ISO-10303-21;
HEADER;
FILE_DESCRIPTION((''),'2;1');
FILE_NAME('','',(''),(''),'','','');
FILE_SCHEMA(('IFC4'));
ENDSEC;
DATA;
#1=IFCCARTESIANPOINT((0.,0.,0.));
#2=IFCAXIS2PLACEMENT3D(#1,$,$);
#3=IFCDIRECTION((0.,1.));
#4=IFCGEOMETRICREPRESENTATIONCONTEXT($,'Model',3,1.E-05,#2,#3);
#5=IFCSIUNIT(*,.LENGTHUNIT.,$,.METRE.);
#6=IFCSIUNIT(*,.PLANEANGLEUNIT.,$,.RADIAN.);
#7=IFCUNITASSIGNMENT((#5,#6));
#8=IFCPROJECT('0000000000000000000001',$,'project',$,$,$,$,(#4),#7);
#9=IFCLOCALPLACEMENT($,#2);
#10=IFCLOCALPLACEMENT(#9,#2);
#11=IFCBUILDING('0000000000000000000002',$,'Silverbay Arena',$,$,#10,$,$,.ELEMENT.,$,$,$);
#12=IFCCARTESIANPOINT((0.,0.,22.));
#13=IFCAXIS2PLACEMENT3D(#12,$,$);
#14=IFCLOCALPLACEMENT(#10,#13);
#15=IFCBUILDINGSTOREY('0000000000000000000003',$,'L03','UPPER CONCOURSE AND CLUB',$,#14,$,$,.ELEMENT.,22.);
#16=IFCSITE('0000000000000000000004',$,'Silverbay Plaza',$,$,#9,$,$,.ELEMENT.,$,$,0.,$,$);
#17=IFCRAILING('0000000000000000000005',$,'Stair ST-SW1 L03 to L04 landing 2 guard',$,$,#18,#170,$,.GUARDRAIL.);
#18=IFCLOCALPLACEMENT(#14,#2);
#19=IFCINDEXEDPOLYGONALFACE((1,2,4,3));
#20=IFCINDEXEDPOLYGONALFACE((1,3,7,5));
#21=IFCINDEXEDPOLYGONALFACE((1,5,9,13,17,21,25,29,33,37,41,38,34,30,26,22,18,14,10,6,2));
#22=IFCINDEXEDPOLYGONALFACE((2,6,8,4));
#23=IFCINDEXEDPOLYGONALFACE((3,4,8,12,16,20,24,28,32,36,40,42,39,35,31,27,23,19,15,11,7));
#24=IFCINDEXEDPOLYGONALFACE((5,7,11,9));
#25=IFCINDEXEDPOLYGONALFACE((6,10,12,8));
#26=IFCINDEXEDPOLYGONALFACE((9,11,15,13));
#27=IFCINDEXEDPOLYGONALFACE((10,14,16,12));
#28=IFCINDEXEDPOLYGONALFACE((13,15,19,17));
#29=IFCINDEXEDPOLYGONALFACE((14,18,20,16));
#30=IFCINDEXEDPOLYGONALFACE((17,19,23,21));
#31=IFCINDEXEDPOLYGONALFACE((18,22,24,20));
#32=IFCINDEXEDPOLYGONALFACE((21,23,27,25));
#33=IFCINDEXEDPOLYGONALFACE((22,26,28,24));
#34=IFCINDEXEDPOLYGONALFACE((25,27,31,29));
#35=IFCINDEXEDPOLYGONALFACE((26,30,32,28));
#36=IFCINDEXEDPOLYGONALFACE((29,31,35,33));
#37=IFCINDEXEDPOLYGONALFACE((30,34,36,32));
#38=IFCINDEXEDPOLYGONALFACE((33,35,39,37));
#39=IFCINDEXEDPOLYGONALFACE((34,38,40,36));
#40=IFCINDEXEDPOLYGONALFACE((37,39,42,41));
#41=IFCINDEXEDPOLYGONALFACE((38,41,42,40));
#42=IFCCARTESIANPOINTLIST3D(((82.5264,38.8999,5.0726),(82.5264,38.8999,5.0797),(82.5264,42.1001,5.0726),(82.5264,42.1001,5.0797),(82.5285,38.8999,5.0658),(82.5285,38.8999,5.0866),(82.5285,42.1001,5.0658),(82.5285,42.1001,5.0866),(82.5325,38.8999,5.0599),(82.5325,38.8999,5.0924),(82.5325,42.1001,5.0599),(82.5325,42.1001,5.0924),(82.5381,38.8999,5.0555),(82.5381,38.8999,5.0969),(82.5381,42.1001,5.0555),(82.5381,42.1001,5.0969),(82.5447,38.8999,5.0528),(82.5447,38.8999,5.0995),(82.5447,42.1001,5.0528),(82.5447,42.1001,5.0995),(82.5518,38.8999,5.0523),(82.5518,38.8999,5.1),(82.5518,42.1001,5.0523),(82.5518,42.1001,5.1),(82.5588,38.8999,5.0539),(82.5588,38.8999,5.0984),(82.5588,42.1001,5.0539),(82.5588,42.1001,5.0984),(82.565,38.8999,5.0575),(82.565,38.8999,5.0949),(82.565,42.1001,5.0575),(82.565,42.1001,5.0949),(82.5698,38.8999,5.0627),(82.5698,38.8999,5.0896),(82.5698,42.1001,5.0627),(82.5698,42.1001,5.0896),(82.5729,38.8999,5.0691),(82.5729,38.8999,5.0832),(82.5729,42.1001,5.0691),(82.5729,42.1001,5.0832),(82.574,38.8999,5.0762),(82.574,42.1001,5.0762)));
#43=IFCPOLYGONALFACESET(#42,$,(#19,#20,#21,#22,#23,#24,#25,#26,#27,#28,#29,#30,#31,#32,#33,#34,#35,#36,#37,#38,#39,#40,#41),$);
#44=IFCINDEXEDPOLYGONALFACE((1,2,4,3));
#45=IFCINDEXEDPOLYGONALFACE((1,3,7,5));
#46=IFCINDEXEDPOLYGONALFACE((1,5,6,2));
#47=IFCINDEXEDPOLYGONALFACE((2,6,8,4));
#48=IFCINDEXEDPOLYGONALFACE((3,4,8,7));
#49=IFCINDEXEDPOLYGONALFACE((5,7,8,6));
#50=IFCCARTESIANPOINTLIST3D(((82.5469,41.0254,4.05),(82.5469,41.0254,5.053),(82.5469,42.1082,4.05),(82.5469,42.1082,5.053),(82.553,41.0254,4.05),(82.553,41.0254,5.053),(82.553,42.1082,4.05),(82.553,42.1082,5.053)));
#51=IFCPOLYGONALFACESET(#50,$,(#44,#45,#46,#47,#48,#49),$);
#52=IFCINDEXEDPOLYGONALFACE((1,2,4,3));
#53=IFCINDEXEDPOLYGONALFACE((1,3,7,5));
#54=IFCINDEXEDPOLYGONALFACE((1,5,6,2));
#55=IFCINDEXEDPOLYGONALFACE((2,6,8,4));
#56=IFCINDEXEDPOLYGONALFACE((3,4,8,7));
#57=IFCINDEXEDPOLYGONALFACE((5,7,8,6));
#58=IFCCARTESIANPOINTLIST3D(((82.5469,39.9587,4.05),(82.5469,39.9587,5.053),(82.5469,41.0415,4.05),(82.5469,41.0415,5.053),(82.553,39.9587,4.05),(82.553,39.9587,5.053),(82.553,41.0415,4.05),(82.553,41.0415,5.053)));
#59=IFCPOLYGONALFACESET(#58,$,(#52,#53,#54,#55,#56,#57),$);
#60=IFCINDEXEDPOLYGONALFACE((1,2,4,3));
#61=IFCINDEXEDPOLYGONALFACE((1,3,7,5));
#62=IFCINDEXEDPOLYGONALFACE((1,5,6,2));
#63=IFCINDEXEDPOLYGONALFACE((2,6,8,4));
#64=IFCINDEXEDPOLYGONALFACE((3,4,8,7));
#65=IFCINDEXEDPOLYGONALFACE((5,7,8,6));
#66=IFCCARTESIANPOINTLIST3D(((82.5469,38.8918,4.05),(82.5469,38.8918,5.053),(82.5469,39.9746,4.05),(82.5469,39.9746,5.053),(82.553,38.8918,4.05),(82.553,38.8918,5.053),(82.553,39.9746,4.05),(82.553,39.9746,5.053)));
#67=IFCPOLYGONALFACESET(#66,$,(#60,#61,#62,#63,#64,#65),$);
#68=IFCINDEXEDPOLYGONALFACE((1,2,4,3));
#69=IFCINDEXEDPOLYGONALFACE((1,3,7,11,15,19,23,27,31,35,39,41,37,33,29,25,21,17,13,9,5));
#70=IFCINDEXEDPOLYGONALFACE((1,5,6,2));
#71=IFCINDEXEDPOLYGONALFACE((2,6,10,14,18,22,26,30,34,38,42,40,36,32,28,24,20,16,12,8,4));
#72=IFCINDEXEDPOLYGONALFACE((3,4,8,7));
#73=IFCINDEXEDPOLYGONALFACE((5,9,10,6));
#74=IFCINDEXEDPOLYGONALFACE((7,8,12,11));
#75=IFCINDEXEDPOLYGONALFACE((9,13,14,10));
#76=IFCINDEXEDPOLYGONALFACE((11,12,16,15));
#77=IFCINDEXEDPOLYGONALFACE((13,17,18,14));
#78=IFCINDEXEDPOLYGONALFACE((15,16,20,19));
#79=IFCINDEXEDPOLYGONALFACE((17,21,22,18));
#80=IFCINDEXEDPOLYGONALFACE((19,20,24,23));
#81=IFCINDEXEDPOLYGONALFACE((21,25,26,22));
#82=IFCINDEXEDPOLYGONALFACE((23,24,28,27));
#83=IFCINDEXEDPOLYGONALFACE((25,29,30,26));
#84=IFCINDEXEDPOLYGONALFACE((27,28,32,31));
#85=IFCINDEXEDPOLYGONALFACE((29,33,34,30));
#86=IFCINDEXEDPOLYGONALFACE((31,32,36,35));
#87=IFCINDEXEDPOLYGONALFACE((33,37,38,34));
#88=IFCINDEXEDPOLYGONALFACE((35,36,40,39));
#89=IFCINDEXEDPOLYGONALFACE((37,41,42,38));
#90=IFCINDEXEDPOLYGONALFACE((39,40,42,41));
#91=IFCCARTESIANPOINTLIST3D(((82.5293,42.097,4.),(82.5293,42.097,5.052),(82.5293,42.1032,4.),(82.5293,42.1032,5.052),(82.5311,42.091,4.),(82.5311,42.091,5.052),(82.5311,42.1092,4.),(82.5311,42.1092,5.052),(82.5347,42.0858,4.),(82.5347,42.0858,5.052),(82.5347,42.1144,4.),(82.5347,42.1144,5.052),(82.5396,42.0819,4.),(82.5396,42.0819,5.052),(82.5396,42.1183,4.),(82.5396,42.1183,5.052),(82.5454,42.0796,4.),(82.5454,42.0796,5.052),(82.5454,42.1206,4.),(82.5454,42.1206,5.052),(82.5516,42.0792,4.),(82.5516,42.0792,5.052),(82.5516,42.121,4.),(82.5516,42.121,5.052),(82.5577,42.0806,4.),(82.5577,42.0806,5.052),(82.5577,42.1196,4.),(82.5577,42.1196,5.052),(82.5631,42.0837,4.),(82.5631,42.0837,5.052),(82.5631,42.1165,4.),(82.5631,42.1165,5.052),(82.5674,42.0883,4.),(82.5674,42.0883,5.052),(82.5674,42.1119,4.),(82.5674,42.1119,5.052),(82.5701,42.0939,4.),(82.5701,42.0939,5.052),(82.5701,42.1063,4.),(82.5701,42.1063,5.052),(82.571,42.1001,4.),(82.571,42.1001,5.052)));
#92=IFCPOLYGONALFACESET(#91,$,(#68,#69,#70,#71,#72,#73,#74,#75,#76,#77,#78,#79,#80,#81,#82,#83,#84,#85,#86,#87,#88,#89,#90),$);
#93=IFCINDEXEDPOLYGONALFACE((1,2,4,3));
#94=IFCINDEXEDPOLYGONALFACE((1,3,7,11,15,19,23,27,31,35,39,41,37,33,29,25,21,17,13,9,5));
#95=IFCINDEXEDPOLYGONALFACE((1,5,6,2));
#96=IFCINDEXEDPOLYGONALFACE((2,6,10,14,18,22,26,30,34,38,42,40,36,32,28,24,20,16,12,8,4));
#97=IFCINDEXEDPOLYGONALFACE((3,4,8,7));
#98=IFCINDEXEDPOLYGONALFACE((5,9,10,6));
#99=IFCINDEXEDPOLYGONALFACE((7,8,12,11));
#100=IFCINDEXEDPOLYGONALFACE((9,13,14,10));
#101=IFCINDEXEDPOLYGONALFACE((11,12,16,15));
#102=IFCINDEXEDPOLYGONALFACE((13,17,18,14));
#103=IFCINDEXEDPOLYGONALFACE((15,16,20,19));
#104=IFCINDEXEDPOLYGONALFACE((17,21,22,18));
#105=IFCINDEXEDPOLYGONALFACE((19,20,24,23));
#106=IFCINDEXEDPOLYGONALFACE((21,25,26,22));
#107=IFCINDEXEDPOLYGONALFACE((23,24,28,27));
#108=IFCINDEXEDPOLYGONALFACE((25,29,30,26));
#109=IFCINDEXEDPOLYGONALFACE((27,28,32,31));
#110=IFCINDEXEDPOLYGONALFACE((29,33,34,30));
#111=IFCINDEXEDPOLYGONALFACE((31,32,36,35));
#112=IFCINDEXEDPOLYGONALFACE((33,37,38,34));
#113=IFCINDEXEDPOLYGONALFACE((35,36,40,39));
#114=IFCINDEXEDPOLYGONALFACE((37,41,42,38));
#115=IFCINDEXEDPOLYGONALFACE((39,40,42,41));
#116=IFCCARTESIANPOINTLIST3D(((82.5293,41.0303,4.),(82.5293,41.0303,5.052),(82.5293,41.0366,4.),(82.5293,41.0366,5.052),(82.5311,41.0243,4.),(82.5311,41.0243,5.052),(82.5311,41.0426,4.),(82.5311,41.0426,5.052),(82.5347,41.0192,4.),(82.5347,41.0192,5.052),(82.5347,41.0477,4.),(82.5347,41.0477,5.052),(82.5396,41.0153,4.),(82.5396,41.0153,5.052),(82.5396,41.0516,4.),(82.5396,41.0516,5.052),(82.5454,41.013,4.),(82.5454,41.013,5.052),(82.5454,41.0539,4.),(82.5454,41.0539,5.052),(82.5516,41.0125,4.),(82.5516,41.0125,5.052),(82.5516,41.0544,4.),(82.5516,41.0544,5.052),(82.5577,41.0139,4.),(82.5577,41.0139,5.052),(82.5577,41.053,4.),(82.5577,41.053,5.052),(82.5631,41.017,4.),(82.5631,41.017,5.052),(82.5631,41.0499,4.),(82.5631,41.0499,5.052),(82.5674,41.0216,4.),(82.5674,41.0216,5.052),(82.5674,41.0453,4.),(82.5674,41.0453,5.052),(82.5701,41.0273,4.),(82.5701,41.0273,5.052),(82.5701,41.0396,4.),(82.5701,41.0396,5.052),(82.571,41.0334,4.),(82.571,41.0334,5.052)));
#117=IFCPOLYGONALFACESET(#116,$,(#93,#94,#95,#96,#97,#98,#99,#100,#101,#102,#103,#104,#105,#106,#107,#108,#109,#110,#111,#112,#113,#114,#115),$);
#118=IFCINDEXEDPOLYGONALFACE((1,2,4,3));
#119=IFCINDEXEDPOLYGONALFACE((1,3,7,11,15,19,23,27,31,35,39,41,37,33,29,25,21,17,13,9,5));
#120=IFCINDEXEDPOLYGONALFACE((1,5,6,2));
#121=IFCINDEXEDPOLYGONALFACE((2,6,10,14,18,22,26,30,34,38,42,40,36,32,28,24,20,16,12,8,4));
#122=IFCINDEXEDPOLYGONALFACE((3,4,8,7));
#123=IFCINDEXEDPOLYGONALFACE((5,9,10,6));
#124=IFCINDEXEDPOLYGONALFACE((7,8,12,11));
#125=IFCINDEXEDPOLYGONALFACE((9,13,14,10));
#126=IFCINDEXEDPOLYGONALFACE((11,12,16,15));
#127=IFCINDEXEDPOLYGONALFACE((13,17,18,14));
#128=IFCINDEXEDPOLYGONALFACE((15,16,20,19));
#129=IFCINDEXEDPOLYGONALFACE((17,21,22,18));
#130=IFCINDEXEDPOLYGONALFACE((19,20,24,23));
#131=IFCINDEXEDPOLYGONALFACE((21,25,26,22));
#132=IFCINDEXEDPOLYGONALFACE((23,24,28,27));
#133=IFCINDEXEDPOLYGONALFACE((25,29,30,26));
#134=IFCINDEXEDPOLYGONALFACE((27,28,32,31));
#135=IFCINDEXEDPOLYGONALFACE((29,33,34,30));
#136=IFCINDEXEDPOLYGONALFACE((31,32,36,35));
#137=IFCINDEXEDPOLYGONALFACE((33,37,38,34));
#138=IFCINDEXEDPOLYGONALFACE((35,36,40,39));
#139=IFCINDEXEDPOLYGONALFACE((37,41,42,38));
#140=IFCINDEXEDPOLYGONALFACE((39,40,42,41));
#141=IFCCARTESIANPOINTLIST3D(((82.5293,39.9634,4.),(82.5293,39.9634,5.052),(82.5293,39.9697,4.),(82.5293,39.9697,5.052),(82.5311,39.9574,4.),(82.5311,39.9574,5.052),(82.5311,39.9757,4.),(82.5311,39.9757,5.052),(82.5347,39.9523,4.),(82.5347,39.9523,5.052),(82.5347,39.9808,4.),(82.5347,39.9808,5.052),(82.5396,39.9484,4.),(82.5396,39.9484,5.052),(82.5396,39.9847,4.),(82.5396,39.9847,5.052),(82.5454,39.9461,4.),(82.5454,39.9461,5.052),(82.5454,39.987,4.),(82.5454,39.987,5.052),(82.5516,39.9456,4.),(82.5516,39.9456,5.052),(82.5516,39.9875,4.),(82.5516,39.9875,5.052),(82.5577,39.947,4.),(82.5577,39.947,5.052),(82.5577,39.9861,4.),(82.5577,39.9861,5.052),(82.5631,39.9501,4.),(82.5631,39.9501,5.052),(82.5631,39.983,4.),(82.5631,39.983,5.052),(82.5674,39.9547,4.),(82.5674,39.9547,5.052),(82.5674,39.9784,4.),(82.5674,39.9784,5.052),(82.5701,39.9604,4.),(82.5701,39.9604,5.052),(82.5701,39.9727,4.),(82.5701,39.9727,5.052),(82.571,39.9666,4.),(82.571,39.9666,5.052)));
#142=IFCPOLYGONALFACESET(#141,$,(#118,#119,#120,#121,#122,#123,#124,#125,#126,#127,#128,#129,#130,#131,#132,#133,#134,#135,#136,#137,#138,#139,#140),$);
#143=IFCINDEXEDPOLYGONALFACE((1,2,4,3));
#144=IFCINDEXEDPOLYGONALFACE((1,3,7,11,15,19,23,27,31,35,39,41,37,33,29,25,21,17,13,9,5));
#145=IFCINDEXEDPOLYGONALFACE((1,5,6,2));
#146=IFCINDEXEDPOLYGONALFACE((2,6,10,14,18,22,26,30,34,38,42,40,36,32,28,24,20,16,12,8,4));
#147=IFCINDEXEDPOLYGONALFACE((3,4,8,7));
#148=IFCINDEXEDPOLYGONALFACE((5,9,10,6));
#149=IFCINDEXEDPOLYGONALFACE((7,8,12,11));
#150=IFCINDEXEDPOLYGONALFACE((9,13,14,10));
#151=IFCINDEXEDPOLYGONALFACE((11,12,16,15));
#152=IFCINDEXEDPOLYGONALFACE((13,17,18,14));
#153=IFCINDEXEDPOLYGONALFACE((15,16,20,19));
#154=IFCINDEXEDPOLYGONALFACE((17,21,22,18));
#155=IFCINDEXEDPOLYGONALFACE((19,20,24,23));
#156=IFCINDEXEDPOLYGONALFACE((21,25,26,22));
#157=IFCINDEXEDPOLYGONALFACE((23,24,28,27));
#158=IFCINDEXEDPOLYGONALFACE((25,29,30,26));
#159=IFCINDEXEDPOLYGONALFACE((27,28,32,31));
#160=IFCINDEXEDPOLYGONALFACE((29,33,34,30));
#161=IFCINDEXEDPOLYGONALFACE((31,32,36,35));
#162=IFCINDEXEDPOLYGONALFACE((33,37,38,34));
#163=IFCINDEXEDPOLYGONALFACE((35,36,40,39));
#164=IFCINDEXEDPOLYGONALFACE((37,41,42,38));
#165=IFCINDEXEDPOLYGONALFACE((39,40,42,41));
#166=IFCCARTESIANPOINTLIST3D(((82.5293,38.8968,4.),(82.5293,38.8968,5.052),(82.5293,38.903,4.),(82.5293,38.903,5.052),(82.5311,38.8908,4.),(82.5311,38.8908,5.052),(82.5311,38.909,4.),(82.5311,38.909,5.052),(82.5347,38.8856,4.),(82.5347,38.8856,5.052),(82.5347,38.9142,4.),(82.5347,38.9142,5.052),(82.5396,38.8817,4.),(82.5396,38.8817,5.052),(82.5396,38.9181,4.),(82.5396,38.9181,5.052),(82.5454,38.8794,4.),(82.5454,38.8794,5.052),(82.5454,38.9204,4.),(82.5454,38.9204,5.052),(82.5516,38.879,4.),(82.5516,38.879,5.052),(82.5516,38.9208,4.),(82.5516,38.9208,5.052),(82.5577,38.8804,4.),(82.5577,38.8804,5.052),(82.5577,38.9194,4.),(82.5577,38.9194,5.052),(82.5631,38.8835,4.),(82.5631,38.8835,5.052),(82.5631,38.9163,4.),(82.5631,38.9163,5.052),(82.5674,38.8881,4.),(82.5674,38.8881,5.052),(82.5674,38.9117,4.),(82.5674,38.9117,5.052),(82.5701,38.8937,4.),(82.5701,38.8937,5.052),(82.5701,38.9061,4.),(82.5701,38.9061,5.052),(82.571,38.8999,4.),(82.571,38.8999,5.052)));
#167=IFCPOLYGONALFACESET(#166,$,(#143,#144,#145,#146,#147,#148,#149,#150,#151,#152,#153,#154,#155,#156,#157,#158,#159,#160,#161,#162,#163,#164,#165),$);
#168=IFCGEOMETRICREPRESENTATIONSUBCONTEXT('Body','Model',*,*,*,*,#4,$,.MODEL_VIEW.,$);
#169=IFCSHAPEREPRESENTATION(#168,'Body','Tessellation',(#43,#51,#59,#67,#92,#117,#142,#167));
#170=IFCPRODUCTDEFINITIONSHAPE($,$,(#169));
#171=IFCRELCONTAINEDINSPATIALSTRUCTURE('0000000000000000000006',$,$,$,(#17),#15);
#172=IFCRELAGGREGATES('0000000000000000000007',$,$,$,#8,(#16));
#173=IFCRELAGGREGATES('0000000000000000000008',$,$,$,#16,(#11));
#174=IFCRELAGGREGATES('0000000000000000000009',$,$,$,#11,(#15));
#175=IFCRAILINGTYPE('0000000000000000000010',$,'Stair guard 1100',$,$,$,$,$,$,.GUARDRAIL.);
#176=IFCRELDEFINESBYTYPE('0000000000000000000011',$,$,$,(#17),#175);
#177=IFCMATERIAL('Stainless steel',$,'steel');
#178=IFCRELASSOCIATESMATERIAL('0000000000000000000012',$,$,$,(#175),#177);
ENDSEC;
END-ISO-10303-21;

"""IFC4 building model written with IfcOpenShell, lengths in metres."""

from ifc_helpers import new_model, si_unit, direction, frame, origin, origin_2d, place, context, subcontext, project, spatial, polyline, circle, outline, extrude, material, type_object, element, save


model = new_model("IFC4")

# Units and contexts
model_context = context("Model", 3, precision=1e-05, world=origin(), true_north=direction((0.0, 1.0)))
body_context = subcontext(model_context, "Body", "Model", "MODEL_VIEW")
ifc_project = project(units=[si_unit("LENGTHUNIT", "METRE"), si_unit("PLANEANGLEUNIT", "RADIAN")], contexts=[model_context])

# Site, building, storey
site_placement = place(None, origin())
site = spatial("IfcSite", under=ifc_project, at=site_placement, Name="Silverbay Plaza", CompositionType="ELEMENT", RefElevation=0.0)
building_placement = place(site_placement, origin())
building = spatial("IfcBuilding", under=site, at=building_placement, Name="Silverbay Arena", CompositionType="ELEMENT")
storey_placement = place(building_placement, frame((0.0, 0.0, 22.0)))
storey = spatial("IfcBuildingStorey", under=building, at=storey_placement, Name="L03", Description="UPPER CONCOURSE AND CLUB", CompositionType="ELEMENT", Elevation=22.0)

# Railing
ifc_material_1 = material(Name="Stainless steel", Category="steel")
railing_type_1 = type_object("IfcRailingType", Name="Stair guard 1100", PredefinedType="GUARDRAIL", material=ifc_material_1)
for number, where, name in (
    (1, (82.55, 42.1001, 4.0), "Stair ST-SW1 L03 to L04 landing 2 guard"),
):
    element("IfcRailing", number, at=place(storey_placement, frame(where)), inside=storey, type_object=railing_type_1, Name=name, PredefinedType="GUARDRAIL", context=body_context, shape_type="SweptSolid", body=[
        extrude(circle(Radius=0.0239, at=origin_2d()), frame((0.0, 0.0, 1.0762), z_axis=(0.0, -1.0, 0.0), x_axis=(1.0, 0.0, 0.0)), (0.0, 0.0, 1.0), 3.2002),
        extrude(outline(polyline([(-0.0081, 0.05), (1.0747, 0.05), (1.0747, 1.053), (-0.0081, 1.053), (-0.0081, 0.05)])), frame((0.0029, 0.0, 0.0), z_axis=(-1.0, 0.0, 0.0), x_axis=(0.0, -1.0, 0.0)), (0.0, 0.0, 1.0), 0.0061),
        extrude(outline(polyline([(-0.0081, 0.05), (1.0747, 0.05), (1.0747, 1.053), (-0.0081, 1.053), (-0.0081, 0.05)])), frame((0.0029, -1.0667, 0.0), z_axis=(-1.0, 0.0, 0.0), x_axis=(0.0, -1.0, 0.0)), (0.0, 0.0, 1.0), 0.0061),
        extrude(outline(polyline([(-0.0081, 0.05), (1.0747, 0.05), (1.0747, 1.053), (-0.0081, 1.053), (-0.0081, 0.05)])), frame((0.0029, -2.1335, 0.0), z_axis=(-1.0, 0.0, 0.0), x_axis=(0.0, -1.0, 0.0)), (0.0, 0.0, 1.0), 0.0061),
        extrude(circle(Radius=0.021, at=origin_2d()), origin(), (0.0, 0.0, 1.0), 1.052),
        extrude(circle(Radius=0.021, at=origin_2d()), frame((0.0, -1.0667, 0.0)), (0.0, 0.0, 1.0), 1.052),
        extrude(circle(Radius=0.021, at=origin_2d()), frame((0.0, -2.1335, 0.0)), (0.0, 0.0, 1.0), 1.052),
        extrude(circle(Radius=0.021, at=origin_2d()), frame((0.0, -3.2002, 0.0)), (0.0, 0.0, 1.0), 1.052),
    ])

save(model, "model.ifc")
